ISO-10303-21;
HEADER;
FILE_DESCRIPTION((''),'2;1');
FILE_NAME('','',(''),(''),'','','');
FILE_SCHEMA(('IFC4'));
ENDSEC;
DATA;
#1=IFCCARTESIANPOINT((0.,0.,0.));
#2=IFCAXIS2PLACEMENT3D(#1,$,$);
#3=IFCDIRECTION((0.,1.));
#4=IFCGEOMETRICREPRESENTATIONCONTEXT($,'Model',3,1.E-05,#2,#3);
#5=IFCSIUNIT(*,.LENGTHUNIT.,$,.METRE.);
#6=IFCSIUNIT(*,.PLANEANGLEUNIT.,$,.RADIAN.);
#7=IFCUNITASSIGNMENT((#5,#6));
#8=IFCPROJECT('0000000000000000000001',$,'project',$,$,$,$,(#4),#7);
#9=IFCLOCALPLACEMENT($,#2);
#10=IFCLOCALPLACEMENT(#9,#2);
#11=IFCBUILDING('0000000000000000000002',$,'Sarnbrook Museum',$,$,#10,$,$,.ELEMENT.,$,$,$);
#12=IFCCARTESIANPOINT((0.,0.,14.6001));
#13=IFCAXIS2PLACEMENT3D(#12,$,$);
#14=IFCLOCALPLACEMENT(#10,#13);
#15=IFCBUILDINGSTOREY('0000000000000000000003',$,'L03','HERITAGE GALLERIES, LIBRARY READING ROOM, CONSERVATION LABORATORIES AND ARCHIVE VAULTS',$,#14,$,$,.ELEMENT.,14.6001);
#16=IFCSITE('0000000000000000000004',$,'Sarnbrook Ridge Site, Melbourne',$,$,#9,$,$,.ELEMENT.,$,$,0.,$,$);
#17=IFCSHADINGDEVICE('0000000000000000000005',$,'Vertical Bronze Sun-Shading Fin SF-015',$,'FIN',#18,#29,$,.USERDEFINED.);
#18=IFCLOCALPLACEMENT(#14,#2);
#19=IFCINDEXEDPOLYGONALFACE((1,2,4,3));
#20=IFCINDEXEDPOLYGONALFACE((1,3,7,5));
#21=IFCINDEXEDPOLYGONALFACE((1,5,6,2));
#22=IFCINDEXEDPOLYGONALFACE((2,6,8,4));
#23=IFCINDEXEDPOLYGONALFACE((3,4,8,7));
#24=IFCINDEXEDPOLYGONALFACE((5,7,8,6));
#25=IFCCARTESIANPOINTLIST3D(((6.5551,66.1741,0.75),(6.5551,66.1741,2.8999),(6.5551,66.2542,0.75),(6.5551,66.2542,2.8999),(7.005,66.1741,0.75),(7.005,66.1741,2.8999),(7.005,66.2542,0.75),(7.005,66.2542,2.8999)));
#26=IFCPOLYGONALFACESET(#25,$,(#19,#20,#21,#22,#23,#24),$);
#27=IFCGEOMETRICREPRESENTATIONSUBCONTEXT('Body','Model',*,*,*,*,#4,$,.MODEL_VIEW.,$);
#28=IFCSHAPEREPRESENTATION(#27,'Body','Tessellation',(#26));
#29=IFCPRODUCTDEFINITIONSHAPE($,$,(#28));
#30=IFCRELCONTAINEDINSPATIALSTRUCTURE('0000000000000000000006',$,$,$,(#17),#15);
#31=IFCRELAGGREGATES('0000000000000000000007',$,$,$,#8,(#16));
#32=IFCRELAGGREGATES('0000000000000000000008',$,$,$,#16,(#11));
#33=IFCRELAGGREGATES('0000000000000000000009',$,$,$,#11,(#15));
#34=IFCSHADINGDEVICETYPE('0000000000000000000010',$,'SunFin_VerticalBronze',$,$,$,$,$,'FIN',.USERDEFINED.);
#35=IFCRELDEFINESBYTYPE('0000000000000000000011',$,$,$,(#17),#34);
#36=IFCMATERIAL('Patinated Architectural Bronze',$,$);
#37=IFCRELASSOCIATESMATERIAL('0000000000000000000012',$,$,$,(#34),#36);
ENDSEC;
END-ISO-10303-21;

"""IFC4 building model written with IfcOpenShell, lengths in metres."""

from ifc_helpers import new_model, si_unit, direction, frame, origin, origin_2d, place, context, subcontext, project, spatial, rectangle, extrude, material, type_object, element, save


model = new_model("IFC4")

# Units and contexts
model_context = context("Model", 3, precision=1e-05, world=origin(), true_north=direction((0.0, 1.0)))
body_context = subcontext(model_context, "Body", "Model", "MODEL_VIEW")
ifc_project = project(units=[si_unit("LENGTHUNIT", "METRE"), si_unit("PLANEANGLEUNIT", "RADIAN")], contexts=[model_context])

# Site, building, storey
site_placement = place(None, origin())
site = spatial("IfcSite", under=ifc_project, at=site_placement, Name="Sarnbrook Ridge Site, Melbourne", CompositionType="ELEMENT", RefElevation=0.0)
building_placement = place(site_placement, origin())
building = spatial("IfcBuilding", under=site, at=building_placement, Name="Sarnbrook Museum", CompositionType="ELEMENT")
storey_placement = place(building_placement, frame((0.0, 0.0, 14.6001)))
storey = spatial("IfcBuildingStorey", under=building, at=storey_placement, Name="L03", Description="HERITAGE GALLERIES, LIBRARY READING ROOM, CONSERVATION LABORATORIES AND ARCHIVE VAULTS", CompositionType="ELEMENT", Elevation=14.6001)

# Shading device
ifc_material_1 = material(Name="Patinated Architectural Bronze")
shading_device_type = type_object("IfcShadingDeviceType", Name="SunFin_VerticalBronze", ElementType="FIN", PredefinedType="USERDEFINED", material=ifc_material_1)
for number, where, z_axis, x_axis, name in (
    (1, (6.78, 66.2141, 0.75), (0.0, 0.0, 1.0), (1.0, 0.0, 0.0), "Vertical Bronze Sun-Shading Fin SF-015"),
):
    element("IfcShadingDevice", number, at=place(storey_placement, frame(where, z_axis=z_axis, x_axis=x_axis)), inside=storey, type_object=shading_device_type, Name=name, ObjectType="FIN", PredefinedType="USERDEFINED", context=body_context, shape_type="SweptSolid", body=[
        extrude(rectangle(XDim=0.45, YDim=0.0801, at=origin_2d()), origin(), (0.0, 0.0, 1.0), 2.1499),
    ])

save(model, "model.ifc")
